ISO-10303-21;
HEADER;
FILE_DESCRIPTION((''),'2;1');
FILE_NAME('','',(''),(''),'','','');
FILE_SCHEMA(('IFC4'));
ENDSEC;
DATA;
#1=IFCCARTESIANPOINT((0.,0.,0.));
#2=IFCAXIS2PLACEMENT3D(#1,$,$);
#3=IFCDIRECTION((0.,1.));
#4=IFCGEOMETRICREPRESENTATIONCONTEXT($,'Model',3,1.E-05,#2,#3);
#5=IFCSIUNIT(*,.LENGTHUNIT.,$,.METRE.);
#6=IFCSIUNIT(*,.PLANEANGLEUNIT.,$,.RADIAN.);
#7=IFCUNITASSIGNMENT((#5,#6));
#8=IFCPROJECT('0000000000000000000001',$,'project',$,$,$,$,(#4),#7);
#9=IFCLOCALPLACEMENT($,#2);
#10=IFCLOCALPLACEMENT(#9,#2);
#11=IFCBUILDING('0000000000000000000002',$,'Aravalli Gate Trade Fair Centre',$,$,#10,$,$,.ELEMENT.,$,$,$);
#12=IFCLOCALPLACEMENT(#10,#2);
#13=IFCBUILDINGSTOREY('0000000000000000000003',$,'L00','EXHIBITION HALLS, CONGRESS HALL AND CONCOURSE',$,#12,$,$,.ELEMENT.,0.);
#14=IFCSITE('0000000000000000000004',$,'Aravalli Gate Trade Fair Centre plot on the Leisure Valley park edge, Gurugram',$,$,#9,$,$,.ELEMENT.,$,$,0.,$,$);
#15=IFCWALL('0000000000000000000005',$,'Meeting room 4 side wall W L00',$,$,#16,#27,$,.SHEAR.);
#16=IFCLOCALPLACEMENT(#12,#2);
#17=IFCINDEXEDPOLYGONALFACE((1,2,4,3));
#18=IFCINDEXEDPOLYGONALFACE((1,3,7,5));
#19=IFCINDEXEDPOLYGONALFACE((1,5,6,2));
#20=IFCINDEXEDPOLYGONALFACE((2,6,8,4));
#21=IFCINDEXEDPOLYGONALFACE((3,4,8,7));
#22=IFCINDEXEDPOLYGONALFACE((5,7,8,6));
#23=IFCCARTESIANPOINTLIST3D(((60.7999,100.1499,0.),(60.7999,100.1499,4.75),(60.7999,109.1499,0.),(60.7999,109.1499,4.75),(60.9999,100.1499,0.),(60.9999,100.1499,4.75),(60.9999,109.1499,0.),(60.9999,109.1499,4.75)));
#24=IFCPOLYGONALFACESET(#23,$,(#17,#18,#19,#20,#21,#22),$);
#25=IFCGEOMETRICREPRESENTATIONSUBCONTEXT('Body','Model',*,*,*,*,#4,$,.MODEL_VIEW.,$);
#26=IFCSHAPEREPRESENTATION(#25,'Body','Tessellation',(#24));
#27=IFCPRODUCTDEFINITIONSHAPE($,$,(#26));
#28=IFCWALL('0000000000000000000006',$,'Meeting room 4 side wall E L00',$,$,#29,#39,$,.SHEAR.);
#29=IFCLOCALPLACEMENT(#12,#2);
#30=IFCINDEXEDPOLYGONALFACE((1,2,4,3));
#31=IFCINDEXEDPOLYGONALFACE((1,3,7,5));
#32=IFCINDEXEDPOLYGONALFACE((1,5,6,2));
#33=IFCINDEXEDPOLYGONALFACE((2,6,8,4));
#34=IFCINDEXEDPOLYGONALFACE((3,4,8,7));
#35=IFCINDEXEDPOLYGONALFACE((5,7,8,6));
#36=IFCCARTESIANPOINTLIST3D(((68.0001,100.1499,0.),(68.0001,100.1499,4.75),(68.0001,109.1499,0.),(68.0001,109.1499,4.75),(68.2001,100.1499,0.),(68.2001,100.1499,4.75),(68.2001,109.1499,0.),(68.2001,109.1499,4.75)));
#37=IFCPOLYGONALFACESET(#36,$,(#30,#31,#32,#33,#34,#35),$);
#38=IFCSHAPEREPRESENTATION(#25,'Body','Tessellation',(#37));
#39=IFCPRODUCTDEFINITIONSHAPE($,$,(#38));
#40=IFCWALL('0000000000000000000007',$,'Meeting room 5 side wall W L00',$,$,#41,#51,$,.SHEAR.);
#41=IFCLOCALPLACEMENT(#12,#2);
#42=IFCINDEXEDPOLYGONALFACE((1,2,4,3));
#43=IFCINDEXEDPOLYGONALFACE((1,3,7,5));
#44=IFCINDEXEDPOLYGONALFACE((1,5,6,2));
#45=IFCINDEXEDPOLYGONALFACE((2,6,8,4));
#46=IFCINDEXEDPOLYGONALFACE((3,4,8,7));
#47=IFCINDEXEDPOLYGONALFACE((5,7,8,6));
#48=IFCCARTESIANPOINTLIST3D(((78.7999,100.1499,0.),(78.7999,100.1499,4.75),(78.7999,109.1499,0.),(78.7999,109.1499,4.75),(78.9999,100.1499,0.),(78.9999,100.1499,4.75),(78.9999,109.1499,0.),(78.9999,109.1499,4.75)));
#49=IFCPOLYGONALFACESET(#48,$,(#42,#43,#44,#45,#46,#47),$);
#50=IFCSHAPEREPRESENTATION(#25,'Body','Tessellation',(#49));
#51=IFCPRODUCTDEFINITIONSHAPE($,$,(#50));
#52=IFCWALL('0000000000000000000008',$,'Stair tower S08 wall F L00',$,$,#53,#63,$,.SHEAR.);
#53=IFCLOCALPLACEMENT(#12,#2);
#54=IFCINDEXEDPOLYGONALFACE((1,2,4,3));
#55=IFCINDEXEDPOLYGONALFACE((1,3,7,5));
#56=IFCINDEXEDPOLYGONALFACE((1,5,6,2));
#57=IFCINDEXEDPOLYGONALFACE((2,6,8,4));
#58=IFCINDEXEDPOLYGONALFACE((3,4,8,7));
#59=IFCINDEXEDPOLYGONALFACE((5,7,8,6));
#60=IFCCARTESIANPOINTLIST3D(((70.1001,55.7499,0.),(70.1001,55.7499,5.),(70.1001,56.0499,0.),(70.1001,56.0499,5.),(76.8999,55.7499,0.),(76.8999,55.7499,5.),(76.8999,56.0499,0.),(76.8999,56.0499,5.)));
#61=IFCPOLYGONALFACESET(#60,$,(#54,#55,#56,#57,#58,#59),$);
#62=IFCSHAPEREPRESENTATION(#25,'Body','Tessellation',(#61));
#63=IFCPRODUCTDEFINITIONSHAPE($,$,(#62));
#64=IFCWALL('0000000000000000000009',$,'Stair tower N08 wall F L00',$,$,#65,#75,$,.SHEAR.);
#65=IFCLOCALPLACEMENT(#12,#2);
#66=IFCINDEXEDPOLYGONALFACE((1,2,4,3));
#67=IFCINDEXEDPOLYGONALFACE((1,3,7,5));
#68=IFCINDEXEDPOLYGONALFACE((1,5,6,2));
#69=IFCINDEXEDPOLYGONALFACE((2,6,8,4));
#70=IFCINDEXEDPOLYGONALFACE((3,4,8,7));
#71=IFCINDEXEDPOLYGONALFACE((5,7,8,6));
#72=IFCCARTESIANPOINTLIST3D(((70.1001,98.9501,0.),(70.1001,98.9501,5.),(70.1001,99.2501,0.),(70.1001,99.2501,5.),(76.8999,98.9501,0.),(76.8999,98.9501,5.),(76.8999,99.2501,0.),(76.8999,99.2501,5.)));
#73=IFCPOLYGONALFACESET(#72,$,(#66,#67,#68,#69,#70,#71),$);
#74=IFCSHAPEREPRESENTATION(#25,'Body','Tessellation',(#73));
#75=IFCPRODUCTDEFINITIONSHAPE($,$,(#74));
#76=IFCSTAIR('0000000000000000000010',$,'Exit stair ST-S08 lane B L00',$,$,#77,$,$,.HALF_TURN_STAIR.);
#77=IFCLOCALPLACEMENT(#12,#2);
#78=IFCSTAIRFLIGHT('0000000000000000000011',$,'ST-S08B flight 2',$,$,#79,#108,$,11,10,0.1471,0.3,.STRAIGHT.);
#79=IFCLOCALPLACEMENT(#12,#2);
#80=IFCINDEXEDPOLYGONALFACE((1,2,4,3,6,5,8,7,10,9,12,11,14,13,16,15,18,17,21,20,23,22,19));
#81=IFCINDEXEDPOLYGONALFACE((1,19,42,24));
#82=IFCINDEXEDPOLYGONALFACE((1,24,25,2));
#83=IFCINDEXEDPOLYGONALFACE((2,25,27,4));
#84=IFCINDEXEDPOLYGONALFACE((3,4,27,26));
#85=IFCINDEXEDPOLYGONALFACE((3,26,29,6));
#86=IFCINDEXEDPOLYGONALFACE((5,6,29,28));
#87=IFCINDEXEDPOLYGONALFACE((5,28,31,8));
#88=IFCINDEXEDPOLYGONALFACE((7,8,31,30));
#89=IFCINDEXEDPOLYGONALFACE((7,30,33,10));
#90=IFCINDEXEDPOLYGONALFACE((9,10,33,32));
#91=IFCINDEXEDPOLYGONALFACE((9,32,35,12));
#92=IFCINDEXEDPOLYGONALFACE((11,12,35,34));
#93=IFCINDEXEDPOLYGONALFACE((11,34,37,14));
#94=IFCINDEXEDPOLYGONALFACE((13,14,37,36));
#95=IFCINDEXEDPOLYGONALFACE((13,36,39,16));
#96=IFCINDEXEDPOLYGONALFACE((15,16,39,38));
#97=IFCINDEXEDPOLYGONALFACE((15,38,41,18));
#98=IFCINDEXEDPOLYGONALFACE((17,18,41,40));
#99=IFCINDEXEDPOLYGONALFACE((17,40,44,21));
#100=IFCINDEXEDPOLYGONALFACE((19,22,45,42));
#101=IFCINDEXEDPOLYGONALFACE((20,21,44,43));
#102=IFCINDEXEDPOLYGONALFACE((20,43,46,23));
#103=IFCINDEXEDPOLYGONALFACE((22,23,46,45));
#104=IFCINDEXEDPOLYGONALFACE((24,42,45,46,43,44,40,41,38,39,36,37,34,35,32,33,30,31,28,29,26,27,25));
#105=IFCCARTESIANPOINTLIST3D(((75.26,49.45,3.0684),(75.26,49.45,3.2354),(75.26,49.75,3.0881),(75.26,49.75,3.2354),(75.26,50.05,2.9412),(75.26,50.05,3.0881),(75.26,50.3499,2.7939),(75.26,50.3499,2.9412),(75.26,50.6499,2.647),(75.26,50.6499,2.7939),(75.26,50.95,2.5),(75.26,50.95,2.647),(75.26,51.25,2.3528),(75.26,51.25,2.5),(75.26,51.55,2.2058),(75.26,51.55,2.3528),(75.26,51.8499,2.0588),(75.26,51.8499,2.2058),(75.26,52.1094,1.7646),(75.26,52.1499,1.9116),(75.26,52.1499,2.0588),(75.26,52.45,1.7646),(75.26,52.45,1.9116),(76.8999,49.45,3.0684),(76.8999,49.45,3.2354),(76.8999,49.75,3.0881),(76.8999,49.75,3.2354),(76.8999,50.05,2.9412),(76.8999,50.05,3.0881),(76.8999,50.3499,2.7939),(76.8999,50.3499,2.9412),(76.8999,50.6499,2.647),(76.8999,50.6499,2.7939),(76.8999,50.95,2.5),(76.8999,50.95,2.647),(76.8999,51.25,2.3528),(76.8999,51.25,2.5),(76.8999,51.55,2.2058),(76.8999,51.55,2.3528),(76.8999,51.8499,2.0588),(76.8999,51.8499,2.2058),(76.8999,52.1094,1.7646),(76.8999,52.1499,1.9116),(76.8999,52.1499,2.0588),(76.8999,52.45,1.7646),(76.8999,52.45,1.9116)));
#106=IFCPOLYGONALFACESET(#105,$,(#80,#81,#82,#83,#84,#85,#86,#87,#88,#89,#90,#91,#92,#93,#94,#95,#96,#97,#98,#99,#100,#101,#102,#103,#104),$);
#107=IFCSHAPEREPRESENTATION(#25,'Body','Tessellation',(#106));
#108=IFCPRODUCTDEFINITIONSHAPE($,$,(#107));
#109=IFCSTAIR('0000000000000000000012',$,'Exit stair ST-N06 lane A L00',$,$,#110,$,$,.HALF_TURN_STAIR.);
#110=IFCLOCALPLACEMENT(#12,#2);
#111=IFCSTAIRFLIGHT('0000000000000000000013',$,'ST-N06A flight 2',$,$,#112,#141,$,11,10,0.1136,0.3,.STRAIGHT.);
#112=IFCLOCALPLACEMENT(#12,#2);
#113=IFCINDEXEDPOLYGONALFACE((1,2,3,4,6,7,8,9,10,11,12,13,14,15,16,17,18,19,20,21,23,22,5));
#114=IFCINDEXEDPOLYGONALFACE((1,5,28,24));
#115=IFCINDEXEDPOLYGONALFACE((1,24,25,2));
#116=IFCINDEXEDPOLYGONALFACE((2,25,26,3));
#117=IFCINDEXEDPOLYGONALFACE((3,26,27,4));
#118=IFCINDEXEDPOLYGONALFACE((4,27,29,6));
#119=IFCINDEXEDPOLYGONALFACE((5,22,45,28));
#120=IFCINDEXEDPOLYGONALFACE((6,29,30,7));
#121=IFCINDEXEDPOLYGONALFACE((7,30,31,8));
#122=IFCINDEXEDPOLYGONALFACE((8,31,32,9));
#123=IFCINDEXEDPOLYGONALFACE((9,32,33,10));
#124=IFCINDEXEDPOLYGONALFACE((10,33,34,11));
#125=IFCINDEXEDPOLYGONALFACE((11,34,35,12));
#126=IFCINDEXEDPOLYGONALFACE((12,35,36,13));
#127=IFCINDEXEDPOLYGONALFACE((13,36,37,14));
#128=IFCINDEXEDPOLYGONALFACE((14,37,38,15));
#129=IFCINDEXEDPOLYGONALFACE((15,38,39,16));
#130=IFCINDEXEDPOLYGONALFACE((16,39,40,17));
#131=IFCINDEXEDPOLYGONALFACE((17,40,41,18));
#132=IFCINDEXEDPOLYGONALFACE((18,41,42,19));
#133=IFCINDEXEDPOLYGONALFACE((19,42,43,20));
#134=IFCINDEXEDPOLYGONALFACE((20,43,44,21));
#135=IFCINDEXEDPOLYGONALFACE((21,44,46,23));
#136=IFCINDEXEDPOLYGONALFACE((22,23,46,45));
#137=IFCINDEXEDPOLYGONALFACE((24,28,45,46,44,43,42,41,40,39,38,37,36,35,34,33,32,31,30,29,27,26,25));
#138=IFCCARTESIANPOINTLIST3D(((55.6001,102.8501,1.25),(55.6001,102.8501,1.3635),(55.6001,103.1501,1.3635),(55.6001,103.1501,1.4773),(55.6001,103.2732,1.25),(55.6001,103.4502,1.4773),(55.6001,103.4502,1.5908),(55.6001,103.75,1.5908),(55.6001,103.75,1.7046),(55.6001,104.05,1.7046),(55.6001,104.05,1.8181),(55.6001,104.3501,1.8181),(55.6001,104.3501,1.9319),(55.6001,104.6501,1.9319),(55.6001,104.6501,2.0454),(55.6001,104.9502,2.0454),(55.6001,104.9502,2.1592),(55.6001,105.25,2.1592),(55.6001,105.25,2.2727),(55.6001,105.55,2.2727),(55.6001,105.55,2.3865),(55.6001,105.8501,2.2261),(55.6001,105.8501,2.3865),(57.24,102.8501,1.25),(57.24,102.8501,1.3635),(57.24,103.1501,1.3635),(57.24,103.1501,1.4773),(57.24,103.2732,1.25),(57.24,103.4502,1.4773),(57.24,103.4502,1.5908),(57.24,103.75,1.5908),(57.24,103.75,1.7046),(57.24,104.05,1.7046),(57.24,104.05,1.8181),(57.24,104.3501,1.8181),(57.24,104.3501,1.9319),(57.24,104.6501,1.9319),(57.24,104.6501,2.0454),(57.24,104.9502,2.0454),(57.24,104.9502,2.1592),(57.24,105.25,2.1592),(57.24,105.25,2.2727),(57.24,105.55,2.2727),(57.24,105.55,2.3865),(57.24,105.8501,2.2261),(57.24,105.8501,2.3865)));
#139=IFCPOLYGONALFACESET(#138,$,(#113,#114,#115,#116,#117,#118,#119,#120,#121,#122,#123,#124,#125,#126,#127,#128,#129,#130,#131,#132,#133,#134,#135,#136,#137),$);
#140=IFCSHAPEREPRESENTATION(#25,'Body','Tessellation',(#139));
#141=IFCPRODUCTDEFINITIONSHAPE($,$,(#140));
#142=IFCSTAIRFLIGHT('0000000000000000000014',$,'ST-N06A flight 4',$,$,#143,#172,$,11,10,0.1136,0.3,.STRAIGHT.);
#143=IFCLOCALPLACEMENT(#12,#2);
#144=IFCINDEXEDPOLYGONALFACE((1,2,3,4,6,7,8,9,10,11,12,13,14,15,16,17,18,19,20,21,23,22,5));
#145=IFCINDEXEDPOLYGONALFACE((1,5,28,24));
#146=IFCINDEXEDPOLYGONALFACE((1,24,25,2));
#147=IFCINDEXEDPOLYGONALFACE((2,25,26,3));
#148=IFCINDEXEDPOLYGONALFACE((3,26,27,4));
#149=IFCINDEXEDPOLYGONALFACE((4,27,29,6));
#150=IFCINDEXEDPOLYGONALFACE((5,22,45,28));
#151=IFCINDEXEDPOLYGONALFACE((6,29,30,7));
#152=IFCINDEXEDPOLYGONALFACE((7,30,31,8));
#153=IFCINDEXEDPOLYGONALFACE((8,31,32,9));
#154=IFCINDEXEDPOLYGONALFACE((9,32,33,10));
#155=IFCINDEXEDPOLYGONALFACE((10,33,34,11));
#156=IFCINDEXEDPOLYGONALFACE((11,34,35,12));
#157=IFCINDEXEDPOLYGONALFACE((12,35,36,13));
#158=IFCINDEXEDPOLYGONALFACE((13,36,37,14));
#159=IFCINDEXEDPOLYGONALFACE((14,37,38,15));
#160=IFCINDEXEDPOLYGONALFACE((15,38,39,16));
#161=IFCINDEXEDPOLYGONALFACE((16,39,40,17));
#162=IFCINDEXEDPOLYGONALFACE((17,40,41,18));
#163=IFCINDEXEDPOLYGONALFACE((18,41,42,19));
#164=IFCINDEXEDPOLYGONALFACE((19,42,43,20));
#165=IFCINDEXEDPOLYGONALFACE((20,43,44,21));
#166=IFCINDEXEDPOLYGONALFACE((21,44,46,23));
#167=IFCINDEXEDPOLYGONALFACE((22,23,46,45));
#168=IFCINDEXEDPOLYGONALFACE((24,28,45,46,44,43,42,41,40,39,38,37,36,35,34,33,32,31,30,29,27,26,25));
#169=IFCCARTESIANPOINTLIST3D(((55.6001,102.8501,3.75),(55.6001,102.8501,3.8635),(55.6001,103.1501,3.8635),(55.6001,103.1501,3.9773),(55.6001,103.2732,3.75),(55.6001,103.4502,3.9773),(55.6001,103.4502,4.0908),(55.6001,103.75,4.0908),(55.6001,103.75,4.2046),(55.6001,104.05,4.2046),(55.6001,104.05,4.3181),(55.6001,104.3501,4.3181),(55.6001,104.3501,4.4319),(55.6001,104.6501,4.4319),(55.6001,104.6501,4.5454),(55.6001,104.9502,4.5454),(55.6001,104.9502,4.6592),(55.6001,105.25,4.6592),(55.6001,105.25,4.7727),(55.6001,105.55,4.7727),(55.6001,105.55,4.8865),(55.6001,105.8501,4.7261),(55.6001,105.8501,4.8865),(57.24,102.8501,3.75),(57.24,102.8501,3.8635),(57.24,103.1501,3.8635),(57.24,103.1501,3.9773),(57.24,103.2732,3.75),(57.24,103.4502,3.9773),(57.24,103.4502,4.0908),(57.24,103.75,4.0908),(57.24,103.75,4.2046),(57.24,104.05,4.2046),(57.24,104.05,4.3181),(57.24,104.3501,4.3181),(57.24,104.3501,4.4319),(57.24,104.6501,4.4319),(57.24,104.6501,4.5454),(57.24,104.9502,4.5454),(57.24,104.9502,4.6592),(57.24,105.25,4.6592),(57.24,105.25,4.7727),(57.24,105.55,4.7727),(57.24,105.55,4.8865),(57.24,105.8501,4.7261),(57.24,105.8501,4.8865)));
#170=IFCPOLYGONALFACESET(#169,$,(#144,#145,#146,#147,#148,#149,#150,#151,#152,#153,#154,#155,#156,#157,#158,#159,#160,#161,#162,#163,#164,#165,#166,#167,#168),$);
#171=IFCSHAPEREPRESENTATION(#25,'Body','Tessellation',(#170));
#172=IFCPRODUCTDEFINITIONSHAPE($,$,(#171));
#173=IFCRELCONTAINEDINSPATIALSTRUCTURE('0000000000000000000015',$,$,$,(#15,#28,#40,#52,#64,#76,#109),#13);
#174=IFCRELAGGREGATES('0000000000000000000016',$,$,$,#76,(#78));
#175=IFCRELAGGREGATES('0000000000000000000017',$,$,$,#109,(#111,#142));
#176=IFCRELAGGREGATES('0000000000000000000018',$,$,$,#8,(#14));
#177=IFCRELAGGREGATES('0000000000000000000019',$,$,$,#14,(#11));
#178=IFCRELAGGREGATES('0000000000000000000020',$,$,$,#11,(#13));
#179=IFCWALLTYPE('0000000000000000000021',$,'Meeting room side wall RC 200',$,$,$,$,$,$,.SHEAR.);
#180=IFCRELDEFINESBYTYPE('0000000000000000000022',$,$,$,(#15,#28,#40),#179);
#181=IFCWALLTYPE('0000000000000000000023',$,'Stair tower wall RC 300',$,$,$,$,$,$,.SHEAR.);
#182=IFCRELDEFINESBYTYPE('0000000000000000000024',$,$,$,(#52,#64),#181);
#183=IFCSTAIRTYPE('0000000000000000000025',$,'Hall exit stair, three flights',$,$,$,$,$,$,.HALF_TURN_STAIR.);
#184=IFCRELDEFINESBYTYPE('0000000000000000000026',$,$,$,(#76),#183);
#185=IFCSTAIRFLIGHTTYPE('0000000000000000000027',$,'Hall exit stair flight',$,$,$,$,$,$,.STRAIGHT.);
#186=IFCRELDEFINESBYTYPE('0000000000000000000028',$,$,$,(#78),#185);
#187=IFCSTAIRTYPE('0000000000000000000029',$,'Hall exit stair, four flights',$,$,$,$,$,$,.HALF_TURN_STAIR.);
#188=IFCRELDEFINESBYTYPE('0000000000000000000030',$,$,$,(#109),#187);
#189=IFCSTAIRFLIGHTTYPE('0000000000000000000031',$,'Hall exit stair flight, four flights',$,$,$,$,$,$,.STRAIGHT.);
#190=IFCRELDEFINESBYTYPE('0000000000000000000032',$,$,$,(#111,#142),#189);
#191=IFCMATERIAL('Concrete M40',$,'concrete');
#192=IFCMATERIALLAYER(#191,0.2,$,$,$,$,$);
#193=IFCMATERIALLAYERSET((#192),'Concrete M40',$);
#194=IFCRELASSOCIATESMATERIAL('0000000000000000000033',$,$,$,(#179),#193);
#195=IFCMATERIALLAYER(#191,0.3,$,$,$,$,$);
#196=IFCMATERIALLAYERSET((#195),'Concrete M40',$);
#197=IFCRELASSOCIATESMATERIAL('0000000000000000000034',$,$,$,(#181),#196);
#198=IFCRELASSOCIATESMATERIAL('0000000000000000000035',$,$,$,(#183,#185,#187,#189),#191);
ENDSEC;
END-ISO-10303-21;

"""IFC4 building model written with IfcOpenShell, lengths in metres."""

from ifc_helpers import new_model, si_unit, direction, frame, frame_2d, origin, place, context, subcontext, project, spatial, polyline, rectangle, outline, extrude, material, layer, layer_set, type_object, element, aggregate, save


model = new_model("IFC4")

# Units and contexts
model_context = context("Model", 3, precision=1e-05, world=origin(), true_north=direction((0.0, 1.0)))
body_context = subcontext(model_context, "Body", "Model", "MODEL_VIEW")
ifc_project = project(units=[si_unit("LENGTHUNIT", "METRE"), si_unit("PLANEANGLEUNIT", "RADIAN")], contexts=[model_context])

# Site, building, storey
site_placement = place(None, origin())
site = spatial("IfcSite", under=ifc_project, at=site_placement, Name="Aravalli Gate Trade Fair Centre plot on the Leisure Valley park edge, Gurugram", CompositionType="ELEMENT", RefElevation=0.0)
building_placement = place(site_placement, origin())
building = spatial("IfcBuilding", under=site, at=building_placement, Name="Aravalli Gate Trade Fair Centre", CompositionType="ELEMENT")
storey_placement = place(building_placement, origin())
storey = spatial("IfcBuildingStorey", under=building, at=storey_placement, Name="L00", Description="EXHIBITION HALLS, CONGRESS HALL AND CONCOURSE", CompositionType="ELEMENT", Elevation=0.0)

# Walls
ifc_material_1 = material(Name="Concrete M40", Category="concrete")
ifc_layer_1 = layer(ifc_material_1, 0.2)
ifc_layer_set_1 = layer_set([ifc_layer_1], Name="Concrete M40")
wall_type_1 = type_object("IfcWallType", Name="Meeting room side wall RC 200", PredefinedType="SHEAR", material=ifc_layer_set_1)
for number, where, z_axis, x_axis, name in (
    (1, (60.8999, 100.1499, 0.0), (0.0, 0.0, 1.0), (0.0, 1.0, 0.0), "Meeting room 4 side wall W L00"),
    (2, (68.1001, 100.1499, 0.0), (0.0, 0.0, 1.0), (0.0, 1.0, 0.0), "Meeting room 4 side wall E L00"),
    (3, (78.8999, 100.1499, 0.0), (0.0, 0.0, 1.0), (0.0, 1.0, 0.0), "Meeting room 5 side wall W L00"),
):
    element("IfcWall", number, at=place(storey_placement, frame(where, z_axis=z_axis, x_axis=x_axis)), inside=storey, type_object=wall_type_1, Name=name, PredefinedType="SHEAR", context=body_context, shape_type="SweptSolid", body=[
        extrude(rectangle(XDim=9.0, YDim=0.2, at=frame_2d((4.5, 0.0))), origin(), (0.0, 0.0, 1.0), 4.75),
    ])
ifc_layer_2 = layer(ifc_material_1, 0.3)
ifc_layer_set_2 = layer_set([ifc_layer_2], Name="Concrete M40")
wall_type_2 = type_object("IfcWallType", Name="Stair tower wall RC 300", PredefinedType="SHEAR", material=ifc_layer_set_2)
for number, where, z_axis, x_axis, name in (
    (4, (70.1001, 55.8999, 0.0), (0.0, 0.0, 1.0), (1.0, 0.0, 0.0), "Stair tower S08 wall F L00"),
    (5, (70.1001, 99.1001, 0.0), (0.0, 0.0, 1.0), (1.0, 0.0, 0.0), "Stair tower N08 wall F L00"),
):
    element("IfcWall", number, at=place(storey_placement, frame(where, z_axis=z_axis, x_axis=x_axis)), inside=storey, type_object=wall_type_2, Name=name, PredefinedType="SHEAR", context=body_context, shape_type="SweptSolid", body=[
        extrude(rectangle(XDim=6.7998, YDim=0.3, at=frame_2d((3.3999, 0.0))), origin(), (0.0, 0.0, 1.0), 5.0),
    ])

# Stair, stair flight
stair_type_1 = type_object("IfcStairType", Name="Hall exit stair, three flights", PredefinedType="HALF_TURN_STAIR", material=ifc_material_1)
stair_1_placement = place(storey_placement, origin())
stair_1 = element("IfcStair", 6, at=stair_1_placement, inside=storey, type_object=stair_type_1, Name="Exit stair ST-S08 lane B L00", PredefinedType="HALF_TURN_STAIR")
stair_flight_type_1 = type_object("IfcStairFlightType", Name="Hall exit stair flight", PredefinedType="STRAIGHT", material=ifc_material_1)
stair_flight_1_placement = place(storey_placement, frame((76.0801, 52.45, 1.7646), z_axis=(0.0, 0.0, 1.0), x_axis=(0.0, -1.0, 0.0)))
stair_flight_1 = element("IfcStairFlight", 7, at=stair_flight_1_placement, type_object=stair_flight_type_1, Name="ST-S08B flight 2", NumberOfRisers=11, NumberOfTreads=10, PredefinedType="STRAIGHT", RiserHeight=0.1471, TreadLength=0.3, context=body_context, shape_type="SweptSolid", body=[
    extrude(outline(polyline([(0.0, 0.0), (0.0, 0.147), (0.3, 0.147), (0.3, 0.2942), (0.6001, 0.2942), (0.6001, 0.4412), (0.8999, 0.4412), (0.8999, 0.5881), (1.2, 0.5881), (1.2, 0.7354), (1.5, 0.7354), (1.5, 0.8823), (1.8, 0.8823), (1.8, 1.0293), (2.1001, 1.0293), (2.1001, 1.1765), (2.3999, 1.1765), (2.3999, 1.3235), (2.7, 1.3235), (2.7, 1.4707), (3.0, 1.4707), (3.0, 1.6177), (3.0, 1.3037), (0.3406, 0.0), (0.0, 0.0)])), frame((0.0, 0.8198, 0.0), z_axis=(0.0, -1.0, 0.0), x_axis=(1.0, 0.0, 0.0)), (0.0, 0.0, 1.0), 1.6399),
])
aggregate(stair_1, [stair_flight_1])

# Stair, stair flights
stair_type_2 = type_object("IfcStairType", Name="Hall exit stair, four flights", PredefinedType="HALF_TURN_STAIR", material=ifc_material_1)
stair_2_placement = place(storey_placement, origin())
stair_2 = element("IfcStair", 8, at=stair_2_placement, inside=storey, type_object=stair_type_2, Name="Exit stair ST-N06 lane A L00", PredefinedType="HALF_TURN_STAIR")
stair_flight_type_2 = type_object("IfcStairFlightType", Name="Hall exit stair flight, four flights", PredefinedType="STRAIGHT", material=ifc_material_1)
stair_flight_2_placement = place(storey_placement, frame((56.4199, 102.8501, 1.25), z_axis=(0.0, 0.0, 1.0), x_axis=(0.0, 1.0, 0.0)))
stair_flight_2 = element("IfcStairFlight", 9, at=stair_flight_2_placement, type_object=stair_flight_type_2, Name="ST-N06A flight 2", NumberOfRisers=11, NumberOfTreads=10, PredefinedType="STRAIGHT", RiserHeight=0.1136, TreadLength=0.3, context=body_context, shape_type="SweptSolid", body=[
    extrude(outline(polyline([(0.0, 0.0), (0.0, 0.1135), (0.3, 0.1135), (0.3, 0.2273), (0.6001, 0.2273), (0.6001, 0.3408), (0.8999, 0.3408), (0.8999, 0.4546), (1.2, 0.4546), (1.2, 0.5681), (1.5, 0.5681), (1.5, 0.6819), (1.8, 0.6819), (1.8, 0.7954), (2.1001, 0.7954), (2.1001, 0.9092), (2.3999, 0.9092), (2.3999, 1.0227), (2.7, 1.0227), (2.7, 1.1365), (3.0, 1.1365), (3.0, 1.25), (3.0, 0.9761), (0.4231, 0.0), (0.0, 0.0)])), frame((0.0, 0.8198, 0.0), z_axis=(0.0, -1.0, 0.0), x_axis=(1.0, 0.0, 0.0)), (0.0, 0.0, 1.0), 1.6399),
])
stair_flight_3_placement = place(storey_placement, frame((56.4199, 102.8501, 3.75), z_axis=(0.0, 0.0, 1.0), x_axis=(0.0, 1.0, 0.0)))
stair_flight_3 = element("IfcStairFlight", 10, at=stair_flight_3_placement, type_object=stair_flight_type_2, Name="ST-N06A flight 4", NumberOfRisers=11, NumberOfTreads=10, PredefinedType="STRAIGHT", RiserHeight=0.1136, TreadLength=0.3, context=body_context, shape_type="SweptSolid", body=[
    extrude(outline(polyline([(0.0, 0.0), (0.0, 0.1135), (0.3, 0.1135), (0.3, 0.2273), (0.6001, 0.2273), (0.6001, 0.3408), (0.8999, 0.3408), (0.8999, 0.4546), (1.2, 0.4546), (1.2, 0.5681), (1.5, 0.5681), (1.5, 0.6819), (1.8, 0.6819), (1.8, 0.7954), (2.1001, 0.7954), (2.1001, 0.9092), (2.3999, 0.9092), (2.3999, 1.0227), (2.7, 1.0227), (2.7, 1.1365), (3.0, 1.1365), (3.0, 1.25), (3.0, 0.9761), (0.4231, 0.0), (0.0, 0.0)])), frame((0.0, 0.8198, 0.0), z_axis=(0.0, -1.0, 0.0), x_axis=(1.0, 0.0, 0.0)), (0.0, 0.0, 1.0), 1.6399),
])
aggregate(stair_2, [stair_flight_2, stair_flight_3])

save(model, "model.ifc")
